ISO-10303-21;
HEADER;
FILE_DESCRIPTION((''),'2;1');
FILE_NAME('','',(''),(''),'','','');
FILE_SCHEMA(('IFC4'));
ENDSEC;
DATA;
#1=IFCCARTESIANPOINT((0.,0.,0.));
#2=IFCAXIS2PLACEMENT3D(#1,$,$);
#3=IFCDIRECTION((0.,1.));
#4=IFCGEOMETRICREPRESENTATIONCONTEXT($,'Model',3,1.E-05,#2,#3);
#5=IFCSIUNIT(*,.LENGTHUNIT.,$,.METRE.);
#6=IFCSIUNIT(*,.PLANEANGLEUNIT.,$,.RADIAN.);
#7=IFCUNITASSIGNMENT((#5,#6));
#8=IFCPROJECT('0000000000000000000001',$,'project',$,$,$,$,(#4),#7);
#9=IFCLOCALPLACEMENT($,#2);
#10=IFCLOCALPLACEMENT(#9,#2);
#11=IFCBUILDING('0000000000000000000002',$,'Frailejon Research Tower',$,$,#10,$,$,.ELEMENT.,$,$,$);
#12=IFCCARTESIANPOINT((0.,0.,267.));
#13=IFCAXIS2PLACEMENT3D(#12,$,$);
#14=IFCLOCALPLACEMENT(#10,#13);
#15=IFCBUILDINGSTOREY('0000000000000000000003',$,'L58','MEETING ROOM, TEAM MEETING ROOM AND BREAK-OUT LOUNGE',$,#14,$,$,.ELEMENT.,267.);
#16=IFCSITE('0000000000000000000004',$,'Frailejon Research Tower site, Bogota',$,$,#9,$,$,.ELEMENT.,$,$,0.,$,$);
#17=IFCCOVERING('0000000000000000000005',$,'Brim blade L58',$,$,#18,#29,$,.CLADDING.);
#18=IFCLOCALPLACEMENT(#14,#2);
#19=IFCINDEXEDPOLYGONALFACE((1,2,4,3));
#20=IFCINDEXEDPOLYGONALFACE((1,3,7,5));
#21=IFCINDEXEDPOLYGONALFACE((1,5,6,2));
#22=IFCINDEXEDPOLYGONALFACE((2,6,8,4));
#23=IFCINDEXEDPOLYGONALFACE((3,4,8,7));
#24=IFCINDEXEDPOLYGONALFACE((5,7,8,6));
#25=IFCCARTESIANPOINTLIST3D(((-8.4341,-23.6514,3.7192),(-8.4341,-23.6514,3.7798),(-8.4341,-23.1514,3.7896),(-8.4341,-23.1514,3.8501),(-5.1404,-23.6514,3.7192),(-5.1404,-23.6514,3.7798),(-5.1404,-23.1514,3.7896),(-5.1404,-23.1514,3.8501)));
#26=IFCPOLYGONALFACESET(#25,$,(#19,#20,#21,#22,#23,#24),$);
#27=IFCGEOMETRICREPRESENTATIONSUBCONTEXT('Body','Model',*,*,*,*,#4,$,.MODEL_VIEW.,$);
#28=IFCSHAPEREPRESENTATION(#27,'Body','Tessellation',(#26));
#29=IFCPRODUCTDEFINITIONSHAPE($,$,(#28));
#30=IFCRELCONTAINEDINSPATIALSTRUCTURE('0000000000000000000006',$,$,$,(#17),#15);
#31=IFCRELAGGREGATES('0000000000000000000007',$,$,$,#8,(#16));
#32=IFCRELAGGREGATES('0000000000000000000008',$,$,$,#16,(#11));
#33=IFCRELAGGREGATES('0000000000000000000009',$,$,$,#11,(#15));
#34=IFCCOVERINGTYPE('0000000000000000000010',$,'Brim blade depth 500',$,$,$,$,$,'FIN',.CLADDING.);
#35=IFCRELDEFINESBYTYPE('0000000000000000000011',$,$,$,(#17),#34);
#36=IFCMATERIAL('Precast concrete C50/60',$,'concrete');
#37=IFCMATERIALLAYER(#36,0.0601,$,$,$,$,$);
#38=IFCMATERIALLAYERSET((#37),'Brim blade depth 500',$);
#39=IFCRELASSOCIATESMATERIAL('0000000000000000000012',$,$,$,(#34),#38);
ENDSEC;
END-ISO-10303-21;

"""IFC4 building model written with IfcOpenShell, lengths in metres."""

from ifc_helpers import new_model, si_unit, direction, frame, origin, place, context, subcontext, project, spatial, polyline, outline, extrude, material, layer, layer_set, type_object, element, save


model = new_model("IFC4")

# Units and contexts
model_context = context("Model", 3, precision=1e-05, world=origin(), true_north=direction((0.0, 1.0)))
body_context = subcontext(model_context, "Body", "Model", "MODEL_VIEW")
ifc_project = project(units=[si_unit("LENGTHUNIT", "METRE"), si_unit("PLANEANGLEUNIT", "RADIAN")], contexts=[model_context])

# Site, building, storey
site_placement = place(None, origin())
site = spatial("IfcSite", under=ifc_project, at=site_placement, Name="Frailejon Research Tower site, Bogota", CompositionType="ELEMENT", RefElevation=0.0)
building_placement = place(site_placement, origin())
building = spatial("IfcBuilding", under=site, at=building_placement, Name="Frailejon Research Tower", CompositionType="ELEMENT")
storey_placement = place(building_placement, frame((0.0, 0.0, 267.0)))
storey = spatial("IfcBuildingStorey", under=building, at=storey_placement, Name="L58", Description="MEETING ROOM, TEAM MEETING ROOM AND BREAK-OUT LOUNGE", CompositionType="ELEMENT", Elevation=267.0)

# Covering
ifc_material_1 = material(Name="Precast concrete C50/60", Category="concrete")
ifc_layer_1 = layer(ifc_material_1, 0.0601)
ifc_layer_set_1 = layer_set([ifc_layer_1], Name="Brim blade depth 500")
covering_type_1 = type_object("IfcCoveringType", Name="Brim blade depth 500", ElementType="FIN", PredefinedType="CLADDING", material=ifc_layer_set_1)
covering_1_placement = place(storey_placement, frame((-5.1404, -23.1514, 3.8501), z_axis=(-1.0, 0.0, 0.0), x_axis=(0.0, -1.0, 0.0)))
element("IfcCovering", 1, at=covering_1_placement, inside=storey, type_object=covering_type_1, Name="Brim blade L58", PredefinedType="CLADDING", context=body_context, shape_type="SweptSolid", body=[
    extrude(outline(polyline([(0.0, -0.0605), (0.5, -0.1309), (0.5, -0.0703), (0.0, 0.0), (0.0, -0.0605)])), origin(), (0.0, 0.0, 1.0), 3.2937),
])

save(model, "model.ifc")
